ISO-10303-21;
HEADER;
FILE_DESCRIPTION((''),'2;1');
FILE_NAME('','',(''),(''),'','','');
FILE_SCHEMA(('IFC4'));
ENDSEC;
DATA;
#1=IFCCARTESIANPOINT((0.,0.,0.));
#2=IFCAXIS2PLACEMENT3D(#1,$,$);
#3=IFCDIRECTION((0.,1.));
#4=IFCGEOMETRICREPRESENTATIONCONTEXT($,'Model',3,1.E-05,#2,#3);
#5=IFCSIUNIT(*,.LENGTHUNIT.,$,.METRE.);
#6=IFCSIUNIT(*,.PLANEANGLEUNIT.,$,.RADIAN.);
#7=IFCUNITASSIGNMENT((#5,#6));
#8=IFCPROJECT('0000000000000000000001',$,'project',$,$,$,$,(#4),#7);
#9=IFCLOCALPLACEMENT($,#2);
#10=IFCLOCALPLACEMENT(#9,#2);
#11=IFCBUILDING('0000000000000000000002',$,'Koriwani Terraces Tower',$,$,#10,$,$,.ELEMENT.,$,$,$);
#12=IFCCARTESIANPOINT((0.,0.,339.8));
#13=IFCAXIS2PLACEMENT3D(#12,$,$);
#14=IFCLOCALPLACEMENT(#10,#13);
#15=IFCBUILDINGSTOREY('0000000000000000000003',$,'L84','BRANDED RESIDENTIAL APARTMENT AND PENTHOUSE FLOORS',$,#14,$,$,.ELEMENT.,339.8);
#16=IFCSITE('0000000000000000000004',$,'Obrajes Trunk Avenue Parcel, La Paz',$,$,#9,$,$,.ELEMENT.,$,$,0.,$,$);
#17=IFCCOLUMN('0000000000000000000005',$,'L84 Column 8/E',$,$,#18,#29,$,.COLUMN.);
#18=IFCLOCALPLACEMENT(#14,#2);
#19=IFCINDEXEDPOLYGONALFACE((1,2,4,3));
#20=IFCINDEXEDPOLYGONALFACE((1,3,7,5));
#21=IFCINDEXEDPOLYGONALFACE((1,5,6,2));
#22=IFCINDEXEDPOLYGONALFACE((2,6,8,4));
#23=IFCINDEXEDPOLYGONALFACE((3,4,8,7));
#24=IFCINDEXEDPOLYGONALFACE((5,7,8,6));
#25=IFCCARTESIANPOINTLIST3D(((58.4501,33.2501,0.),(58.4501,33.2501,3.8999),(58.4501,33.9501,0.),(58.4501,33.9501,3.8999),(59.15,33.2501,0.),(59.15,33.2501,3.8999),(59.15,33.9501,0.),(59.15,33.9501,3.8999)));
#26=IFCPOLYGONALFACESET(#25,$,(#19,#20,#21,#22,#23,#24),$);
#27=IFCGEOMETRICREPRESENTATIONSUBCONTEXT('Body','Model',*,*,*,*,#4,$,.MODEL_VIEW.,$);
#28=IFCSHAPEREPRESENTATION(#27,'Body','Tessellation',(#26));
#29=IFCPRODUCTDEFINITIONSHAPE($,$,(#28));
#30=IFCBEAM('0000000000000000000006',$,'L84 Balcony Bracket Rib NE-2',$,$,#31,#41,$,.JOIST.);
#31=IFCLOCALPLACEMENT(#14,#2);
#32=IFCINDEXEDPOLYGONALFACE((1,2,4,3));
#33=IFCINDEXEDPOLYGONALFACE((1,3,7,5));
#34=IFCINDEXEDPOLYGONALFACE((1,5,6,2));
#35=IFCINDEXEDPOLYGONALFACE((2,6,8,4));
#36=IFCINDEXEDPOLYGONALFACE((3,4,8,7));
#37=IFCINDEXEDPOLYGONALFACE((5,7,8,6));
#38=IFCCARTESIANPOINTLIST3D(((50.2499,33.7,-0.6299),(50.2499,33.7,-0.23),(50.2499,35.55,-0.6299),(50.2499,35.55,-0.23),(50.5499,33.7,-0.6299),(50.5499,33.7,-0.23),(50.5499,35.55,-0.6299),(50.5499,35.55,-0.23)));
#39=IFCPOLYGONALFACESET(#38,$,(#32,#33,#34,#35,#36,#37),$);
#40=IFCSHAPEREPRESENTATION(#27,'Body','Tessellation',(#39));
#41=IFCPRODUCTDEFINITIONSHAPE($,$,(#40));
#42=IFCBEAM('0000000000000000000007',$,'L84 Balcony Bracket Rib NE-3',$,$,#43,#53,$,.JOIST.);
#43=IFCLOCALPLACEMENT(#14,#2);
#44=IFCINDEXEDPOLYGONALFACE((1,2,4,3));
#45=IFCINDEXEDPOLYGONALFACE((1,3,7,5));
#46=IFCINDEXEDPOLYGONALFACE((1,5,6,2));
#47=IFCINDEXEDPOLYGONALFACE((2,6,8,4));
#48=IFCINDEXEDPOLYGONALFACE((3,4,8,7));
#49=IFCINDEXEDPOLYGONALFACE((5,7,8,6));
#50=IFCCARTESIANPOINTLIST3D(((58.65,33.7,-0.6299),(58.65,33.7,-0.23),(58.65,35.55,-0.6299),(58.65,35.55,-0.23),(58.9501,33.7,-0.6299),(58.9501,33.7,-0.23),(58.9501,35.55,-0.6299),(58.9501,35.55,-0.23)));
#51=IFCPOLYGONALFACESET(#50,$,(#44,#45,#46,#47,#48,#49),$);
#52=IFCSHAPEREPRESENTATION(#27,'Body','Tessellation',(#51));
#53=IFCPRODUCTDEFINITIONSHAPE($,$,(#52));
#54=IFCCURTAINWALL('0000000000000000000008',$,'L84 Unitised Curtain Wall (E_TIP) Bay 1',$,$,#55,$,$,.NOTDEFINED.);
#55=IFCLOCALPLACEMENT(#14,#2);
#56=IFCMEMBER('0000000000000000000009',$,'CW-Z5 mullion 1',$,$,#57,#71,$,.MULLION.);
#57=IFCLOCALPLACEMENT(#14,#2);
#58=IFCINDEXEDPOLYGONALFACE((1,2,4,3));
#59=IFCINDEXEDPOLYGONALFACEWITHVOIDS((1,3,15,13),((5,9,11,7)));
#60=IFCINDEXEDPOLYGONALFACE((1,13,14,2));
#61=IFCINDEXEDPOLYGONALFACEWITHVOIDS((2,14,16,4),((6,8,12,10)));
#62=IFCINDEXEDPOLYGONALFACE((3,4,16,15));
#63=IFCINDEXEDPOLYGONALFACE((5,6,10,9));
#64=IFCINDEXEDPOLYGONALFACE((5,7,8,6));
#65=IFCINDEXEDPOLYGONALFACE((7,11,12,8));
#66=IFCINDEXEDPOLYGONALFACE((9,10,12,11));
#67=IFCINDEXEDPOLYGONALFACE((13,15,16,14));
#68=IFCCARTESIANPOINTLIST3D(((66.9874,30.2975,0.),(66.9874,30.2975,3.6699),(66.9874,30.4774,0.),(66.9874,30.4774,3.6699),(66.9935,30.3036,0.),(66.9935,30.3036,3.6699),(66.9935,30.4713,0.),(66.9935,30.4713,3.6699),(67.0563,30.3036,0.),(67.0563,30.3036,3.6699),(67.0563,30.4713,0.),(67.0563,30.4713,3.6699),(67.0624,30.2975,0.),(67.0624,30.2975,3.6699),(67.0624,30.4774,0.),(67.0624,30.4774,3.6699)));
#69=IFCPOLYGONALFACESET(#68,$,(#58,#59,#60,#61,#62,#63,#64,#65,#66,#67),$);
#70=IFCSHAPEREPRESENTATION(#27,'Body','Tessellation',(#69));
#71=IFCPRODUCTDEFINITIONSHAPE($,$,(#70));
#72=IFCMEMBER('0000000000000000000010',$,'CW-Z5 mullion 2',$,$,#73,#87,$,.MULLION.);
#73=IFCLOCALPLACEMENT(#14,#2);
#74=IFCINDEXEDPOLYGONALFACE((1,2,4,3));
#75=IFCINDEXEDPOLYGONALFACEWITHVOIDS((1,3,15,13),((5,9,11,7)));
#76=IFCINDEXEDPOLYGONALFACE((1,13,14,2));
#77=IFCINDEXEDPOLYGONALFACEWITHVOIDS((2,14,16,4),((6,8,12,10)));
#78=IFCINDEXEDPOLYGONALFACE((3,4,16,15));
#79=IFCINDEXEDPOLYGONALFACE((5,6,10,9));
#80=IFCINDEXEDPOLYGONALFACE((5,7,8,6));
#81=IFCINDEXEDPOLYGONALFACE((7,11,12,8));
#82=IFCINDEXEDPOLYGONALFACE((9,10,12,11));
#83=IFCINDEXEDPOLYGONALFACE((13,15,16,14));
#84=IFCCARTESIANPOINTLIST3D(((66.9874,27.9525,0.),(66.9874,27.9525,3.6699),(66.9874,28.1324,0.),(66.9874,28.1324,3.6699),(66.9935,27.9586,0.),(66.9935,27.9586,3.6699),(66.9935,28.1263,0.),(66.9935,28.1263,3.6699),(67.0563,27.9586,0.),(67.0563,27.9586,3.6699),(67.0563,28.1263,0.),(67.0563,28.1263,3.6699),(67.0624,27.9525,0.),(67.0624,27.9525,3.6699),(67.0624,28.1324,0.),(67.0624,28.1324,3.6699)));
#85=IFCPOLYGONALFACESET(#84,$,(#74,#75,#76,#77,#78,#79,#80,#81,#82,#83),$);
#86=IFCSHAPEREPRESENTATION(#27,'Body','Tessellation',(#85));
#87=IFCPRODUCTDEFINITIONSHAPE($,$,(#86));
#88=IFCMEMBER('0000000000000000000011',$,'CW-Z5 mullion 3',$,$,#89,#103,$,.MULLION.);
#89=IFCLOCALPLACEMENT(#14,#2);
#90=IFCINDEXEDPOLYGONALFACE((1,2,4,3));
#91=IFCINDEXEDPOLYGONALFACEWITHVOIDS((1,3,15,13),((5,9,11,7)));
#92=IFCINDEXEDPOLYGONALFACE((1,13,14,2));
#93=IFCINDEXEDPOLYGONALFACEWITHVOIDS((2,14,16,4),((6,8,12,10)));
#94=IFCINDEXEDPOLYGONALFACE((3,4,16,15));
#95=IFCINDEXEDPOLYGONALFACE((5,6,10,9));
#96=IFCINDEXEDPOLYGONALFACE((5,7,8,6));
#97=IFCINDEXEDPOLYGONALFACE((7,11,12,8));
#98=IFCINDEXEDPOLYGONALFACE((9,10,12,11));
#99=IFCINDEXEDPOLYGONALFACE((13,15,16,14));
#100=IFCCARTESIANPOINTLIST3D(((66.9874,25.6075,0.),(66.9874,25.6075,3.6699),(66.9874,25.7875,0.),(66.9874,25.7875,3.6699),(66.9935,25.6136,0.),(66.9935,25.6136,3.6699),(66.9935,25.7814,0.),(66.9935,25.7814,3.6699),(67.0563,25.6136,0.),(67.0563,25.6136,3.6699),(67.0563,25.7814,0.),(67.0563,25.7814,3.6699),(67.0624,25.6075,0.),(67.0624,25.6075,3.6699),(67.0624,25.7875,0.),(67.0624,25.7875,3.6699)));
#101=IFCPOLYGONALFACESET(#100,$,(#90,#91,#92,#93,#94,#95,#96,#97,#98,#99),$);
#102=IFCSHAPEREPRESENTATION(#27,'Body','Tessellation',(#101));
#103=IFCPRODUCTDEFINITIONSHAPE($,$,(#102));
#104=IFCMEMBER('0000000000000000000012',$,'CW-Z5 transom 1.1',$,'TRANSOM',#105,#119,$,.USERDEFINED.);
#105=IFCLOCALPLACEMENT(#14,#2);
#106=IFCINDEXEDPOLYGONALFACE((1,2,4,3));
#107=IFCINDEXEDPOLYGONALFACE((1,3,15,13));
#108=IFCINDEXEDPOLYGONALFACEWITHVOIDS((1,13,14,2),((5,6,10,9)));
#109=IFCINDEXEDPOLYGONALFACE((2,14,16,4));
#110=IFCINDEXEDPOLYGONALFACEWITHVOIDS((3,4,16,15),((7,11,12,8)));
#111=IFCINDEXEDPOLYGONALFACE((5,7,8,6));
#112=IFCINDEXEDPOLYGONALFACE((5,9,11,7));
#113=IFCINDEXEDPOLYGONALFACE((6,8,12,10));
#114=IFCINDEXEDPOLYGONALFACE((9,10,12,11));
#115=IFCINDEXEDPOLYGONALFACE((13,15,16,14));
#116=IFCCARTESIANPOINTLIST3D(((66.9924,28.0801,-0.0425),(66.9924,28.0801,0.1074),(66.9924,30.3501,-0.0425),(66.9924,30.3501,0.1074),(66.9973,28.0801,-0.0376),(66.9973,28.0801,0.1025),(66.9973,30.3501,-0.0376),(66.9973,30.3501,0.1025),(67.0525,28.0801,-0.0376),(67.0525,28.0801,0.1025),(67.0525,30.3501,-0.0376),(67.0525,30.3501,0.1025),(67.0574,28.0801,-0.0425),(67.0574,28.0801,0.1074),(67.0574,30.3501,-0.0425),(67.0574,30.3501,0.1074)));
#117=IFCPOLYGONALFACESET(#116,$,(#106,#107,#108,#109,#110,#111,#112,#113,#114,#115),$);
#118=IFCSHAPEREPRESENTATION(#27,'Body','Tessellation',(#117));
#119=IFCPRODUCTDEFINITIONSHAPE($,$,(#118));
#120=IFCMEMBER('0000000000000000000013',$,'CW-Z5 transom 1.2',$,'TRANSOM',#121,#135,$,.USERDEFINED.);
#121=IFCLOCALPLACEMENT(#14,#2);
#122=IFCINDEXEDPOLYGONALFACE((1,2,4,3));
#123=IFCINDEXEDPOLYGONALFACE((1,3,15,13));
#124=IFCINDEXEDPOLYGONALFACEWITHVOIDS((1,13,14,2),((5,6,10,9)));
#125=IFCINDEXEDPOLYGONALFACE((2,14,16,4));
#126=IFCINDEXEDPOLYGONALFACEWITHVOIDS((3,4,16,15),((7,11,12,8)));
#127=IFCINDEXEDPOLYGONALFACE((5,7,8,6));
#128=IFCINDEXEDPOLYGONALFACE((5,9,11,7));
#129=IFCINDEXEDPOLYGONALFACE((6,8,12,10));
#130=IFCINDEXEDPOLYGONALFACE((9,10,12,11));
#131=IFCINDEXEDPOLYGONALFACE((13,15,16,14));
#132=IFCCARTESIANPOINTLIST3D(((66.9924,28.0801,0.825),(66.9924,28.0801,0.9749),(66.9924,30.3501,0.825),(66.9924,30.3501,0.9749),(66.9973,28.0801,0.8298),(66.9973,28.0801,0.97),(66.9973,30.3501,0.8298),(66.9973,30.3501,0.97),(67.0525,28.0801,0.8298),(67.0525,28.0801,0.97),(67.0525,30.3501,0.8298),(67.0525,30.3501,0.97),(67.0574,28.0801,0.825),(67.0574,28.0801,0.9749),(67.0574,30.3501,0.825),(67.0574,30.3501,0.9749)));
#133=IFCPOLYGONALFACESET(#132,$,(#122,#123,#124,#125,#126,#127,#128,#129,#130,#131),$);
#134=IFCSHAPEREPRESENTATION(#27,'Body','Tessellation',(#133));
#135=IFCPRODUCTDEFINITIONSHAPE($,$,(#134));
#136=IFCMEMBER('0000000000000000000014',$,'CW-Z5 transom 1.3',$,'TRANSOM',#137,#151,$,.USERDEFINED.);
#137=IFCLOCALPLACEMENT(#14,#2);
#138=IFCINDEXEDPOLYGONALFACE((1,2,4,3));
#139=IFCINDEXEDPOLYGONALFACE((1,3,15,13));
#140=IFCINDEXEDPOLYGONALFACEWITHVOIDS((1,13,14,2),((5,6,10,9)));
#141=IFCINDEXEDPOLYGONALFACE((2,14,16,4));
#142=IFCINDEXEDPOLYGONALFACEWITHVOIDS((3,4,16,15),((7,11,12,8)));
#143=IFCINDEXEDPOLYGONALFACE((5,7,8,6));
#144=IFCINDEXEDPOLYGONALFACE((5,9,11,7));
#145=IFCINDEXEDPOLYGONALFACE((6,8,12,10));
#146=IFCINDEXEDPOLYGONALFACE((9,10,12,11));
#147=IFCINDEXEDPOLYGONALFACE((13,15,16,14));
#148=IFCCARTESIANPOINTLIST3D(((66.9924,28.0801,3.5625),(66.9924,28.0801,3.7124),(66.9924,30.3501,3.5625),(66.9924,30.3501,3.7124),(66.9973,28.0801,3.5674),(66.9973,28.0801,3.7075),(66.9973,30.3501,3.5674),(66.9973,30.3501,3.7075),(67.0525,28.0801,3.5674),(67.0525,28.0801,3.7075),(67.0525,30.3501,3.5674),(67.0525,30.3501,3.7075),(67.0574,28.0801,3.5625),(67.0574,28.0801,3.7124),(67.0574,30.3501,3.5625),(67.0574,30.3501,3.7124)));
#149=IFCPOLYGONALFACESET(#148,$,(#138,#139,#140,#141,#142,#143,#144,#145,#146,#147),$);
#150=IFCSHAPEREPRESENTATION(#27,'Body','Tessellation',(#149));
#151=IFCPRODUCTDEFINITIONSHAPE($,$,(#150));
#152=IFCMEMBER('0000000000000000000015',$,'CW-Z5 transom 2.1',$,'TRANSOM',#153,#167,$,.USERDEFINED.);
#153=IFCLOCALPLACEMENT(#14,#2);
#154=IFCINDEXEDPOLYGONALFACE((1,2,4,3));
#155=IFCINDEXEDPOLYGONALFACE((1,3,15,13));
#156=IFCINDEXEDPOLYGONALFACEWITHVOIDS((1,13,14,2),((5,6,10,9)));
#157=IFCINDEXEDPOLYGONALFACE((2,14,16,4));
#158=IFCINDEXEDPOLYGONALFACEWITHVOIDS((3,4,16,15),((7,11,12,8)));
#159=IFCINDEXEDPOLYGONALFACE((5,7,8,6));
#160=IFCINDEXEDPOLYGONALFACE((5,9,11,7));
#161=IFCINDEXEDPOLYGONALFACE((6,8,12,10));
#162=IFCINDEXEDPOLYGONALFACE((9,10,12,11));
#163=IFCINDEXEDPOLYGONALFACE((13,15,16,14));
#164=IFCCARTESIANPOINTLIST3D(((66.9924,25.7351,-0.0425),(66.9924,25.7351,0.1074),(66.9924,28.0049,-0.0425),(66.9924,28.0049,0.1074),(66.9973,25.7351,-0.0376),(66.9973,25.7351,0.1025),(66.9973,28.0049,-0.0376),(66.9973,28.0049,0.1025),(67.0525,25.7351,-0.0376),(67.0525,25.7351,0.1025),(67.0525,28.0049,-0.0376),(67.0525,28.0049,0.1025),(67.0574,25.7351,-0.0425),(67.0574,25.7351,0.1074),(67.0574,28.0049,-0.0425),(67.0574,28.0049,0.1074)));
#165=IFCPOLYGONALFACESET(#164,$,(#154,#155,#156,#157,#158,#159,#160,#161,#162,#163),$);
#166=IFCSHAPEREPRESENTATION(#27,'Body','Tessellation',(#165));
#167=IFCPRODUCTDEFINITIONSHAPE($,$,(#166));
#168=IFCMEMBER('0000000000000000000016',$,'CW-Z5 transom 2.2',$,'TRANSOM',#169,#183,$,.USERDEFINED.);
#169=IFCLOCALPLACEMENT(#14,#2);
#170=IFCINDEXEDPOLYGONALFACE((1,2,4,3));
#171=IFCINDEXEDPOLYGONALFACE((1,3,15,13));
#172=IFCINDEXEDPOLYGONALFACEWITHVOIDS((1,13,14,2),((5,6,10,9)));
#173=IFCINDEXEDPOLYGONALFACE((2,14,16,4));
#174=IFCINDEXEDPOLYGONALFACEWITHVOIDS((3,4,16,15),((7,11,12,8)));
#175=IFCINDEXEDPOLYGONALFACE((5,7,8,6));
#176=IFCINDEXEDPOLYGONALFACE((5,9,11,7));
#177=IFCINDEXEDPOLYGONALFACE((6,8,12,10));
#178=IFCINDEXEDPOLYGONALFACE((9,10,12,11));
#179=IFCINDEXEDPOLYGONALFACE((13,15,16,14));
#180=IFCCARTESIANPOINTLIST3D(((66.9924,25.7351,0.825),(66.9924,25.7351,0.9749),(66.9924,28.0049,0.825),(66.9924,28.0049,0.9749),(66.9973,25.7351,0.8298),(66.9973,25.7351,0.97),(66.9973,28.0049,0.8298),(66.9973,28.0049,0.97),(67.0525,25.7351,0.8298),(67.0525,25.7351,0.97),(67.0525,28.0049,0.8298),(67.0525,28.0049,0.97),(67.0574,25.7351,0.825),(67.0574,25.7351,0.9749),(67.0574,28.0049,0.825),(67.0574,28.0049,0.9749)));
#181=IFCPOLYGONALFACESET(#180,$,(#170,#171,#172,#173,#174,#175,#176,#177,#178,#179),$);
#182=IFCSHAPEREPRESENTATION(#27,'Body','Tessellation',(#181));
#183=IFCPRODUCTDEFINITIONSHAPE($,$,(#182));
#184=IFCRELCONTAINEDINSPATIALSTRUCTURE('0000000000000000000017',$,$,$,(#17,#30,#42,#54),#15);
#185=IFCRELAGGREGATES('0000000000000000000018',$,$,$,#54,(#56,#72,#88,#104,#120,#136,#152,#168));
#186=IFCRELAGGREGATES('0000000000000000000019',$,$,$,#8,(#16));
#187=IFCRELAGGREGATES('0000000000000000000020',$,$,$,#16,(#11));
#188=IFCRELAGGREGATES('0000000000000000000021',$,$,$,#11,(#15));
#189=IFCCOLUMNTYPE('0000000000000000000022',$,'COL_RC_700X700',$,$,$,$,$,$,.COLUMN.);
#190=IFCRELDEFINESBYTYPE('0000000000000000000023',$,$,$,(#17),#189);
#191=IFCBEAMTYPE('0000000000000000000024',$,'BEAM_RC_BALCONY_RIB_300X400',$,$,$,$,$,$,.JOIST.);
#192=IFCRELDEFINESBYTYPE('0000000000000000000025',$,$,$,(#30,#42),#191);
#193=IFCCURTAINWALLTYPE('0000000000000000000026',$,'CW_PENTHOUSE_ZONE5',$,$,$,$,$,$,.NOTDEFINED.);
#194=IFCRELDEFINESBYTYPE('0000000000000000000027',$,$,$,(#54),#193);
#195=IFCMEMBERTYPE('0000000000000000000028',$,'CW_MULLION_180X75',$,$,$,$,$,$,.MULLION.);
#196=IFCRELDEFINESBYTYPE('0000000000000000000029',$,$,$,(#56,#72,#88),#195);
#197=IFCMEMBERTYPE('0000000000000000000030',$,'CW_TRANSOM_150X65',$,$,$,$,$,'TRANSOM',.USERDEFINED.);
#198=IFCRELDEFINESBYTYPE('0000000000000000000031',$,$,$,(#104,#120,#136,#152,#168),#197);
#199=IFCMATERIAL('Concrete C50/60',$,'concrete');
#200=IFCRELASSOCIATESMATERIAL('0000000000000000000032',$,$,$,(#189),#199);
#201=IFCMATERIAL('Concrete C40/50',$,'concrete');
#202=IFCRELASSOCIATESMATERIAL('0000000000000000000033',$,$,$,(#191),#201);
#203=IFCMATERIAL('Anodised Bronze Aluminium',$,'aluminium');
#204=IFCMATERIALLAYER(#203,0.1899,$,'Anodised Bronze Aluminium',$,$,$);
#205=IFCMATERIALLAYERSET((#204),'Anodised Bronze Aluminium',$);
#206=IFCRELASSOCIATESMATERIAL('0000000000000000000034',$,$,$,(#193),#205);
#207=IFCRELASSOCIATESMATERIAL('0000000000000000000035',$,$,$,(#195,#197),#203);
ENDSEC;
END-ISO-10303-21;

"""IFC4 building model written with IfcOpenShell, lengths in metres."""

from ifc_helpers import new_model, si_unit, direction, frame, origin, origin_2d, place, context, subcontext, project, spatial, rectangle, hollow_rectangle, extrude, material, layer, layer_set, material_profile, profile_set, type_object, element, aggregate, save


model = new_model("IFC4")

# Units and contexts
model_context = context("Model", 3, precision=1e-05, world=origin(), true_north=direction((0.0, 1.0)))
body_context = subcontext(model_context, "Body", "Model", "MODEL_VIEW")
ifc_project = project(units=[si_unit("LENGTHUNIT", "METRE"), si_unit("PLANEANGLEUNIT", "RADIAN")], contexts=[model_context])

# Site, building, storey
site_placement = place(None, origin())
site = spatial("IfcSite", under=ifc_project, at=site_placement, Name="Obrajes Trunk Avenue Parcel, La Paz", CompositionType="ELEMENT", RefElevation=0.0)
building_placement = place(site_placement, origin())
building = spatial("IfcBuilding", under=site, at=building_placement, Name="Koriwani Terraces Tower", CompositionType="ELEMENT")
storey_placement = place(building_placement, frame((0.0, 0.0, 339.8)))
storey = spatial("IfcBuildingStorey", under=building, at=storey_placement, Name="L84", Description="BRANDED RESIDENTIAL APARTMENT AND PENTHOUSE FLOORS", CompositionType="ELEMENT", Elevation=339.8)

# Column
ifc_material_1 = material(Name="Concrete C50/60", Category="concrete")
ifc_material_profile_1 = material_profile(ifc_material_1, rectangle(XDim=0.7, YDim=0.7, at=origin_2d()), Name="Concrete C50/60", Category="LoadBearing")
ifc_profile_set_1 = profile_set([ifc_material_profile_1], Name="Concrete C50/60")
column_type = type_object("IfcColumnType", Name="COL_RC_700X700", PredefinedType="COLUMN", material=ifc_profile_set_1)
column_placement = place(storey_placement, frame((58.8, 33.6001, 0.0), z_axis=(0.0, 0.0, 1.0), x_axis=(1.0, 0.0, 0.0)))
element("IfcColumn", 1, at=column_placement, inside=storey, type_object=column_type, Name="L84 Column 8/E", PredefinedType="COLUMN", context=body_context, shape_type="SweptSolid", body=[
    extrude(rectangle(XDim=0.7, YDim=0.7, at=origin_2d()), origin(), (0.0, 0.0, 1.0), 3.8999),
])

# Beams
ifc_material_2 = material(Name="Concrete C40/50", Category="concrete")
ifc_material_profile_2 = material_profile(ifc_material_2, rectangle(XDim=0.3, YDim=0.3999, at=origin_2d()), Name="Concrete C40/50", Category="LoadBearing")
ifc_profile_set_2 = profile_set([ifc_material_profile_2], Name="Concrete C40/50")
beam_type = type_object("IfcBeamType", Name="BEAM_RC_BALCONY_RIB_300X400", PredefinedType="JOIST", material=ifc_profile_set_2)
for number, where, z_axis, x_axis, name in (
    (2, (50.3999, 33.7, -0.4299), (0.0, 1.0, 0.0), (-1.0, 0.0, 0.0), "L84 Balcony Bracket Rib NE-2"),
    (3, (58.8, 33.7, -0.4299), (0.0, 1.0, 0.0), (-1.0, 0.0, 0.0), "L84 Balcony Bracket Rib NE-3"),
):
    element("IfcBeam", number, at=place(storey_placement, frame(where, z_axis=z_axis, x_axis=x_axis)), inside=storey, type_object=beam_type, Name=name, PredefinedType="JOIST", context=body_context, shape_type="SweptSolid", body=[
        extrude(rectangle(XDim=0.3, YDim=0.3999, at=origin_2d()), origin(), (0.0, 0.0, 1.0), 1.8501),
    ])

# Curtain wall, members
ifc_material_3 = material(Name="Anodised Bronze Aluminium", Category="aluminium")
ifc_layer_1 = layer(ifc_material_3, 0.1899, Name="Anodised Bronze Aluminium")
ifc_layer_set_1 = layer_set([ifc_layer_1], Name="Anodised Bronze Aluminium")
curtain_wall_type = type_object("IfcCurtainWallType", Name="CW_PENTHOUSE_ZONE5", PredefinedType="NOTDEFINED", material=ifc_layer_set_1)
curtain_wall_placement = place(storey_placement, origin())
curtain_wall = element("IfcCurtainWall", 4, at=curtain_wall_placement, inside=storey, type_object=curtain_wall_type, Name="L84 Unitised Curtain Wall (E_TIP) Bay 1", PredefinedType="NOTDEFINED")
ifc_material_profile_3 = material_profile(ifc_material_3, hollow_rectangle(XDim=0.075, YDim=0.1799, WallThickness=0.0061, at=origin_2d()), Name="Anodised Bronze Aluminium", Category="LoadBearing")
ifc_profile_set_3 = profile_set([ifc_material_profile_3], Name="Anodised Bronze Aluminium")
member_type_1 = type_object("IfcMemberType", Name="CW_MULLION_180X75", PredefinedType="MULLION", material=ifc_profile_set_3)
member_1_placement = place(storey_placement, frame((67.0249, 30.3875, 0.0), z_axis=(0.0, 0.0, 1.0), x_axis=(1.0, 0.0, 0.0)))
member_1 = element("IfcMember", 5, at=member_1_placement, type_object=member_type_1, Name="CW-Z5 mullion 1", PredefinedType="MULLION", context=body_context, shape_type="SweptSolid", body=[
    extrude(hollow_rectangle(XDim=0.075, YDim=0.1799, WallThickness=0.0061, at=origin_2d()), origin(), (0.0, 0.0, 1.0), 3.6699),
])
member_2_placement = place(storey_placement, frame((67.0249, 28.0425, 0.0), z_axis=(0.0, 0.0, 1.0), x_axis=(1.0, 0.0, 0.0)))
member_2 = element("IfcMember", 6, at=member_2_placement, type_object=member_type_1, Name="CW-Z5 mullion 2", PredefinedType="MULLION", context=body_context, shape_type="SweptSolid", body=[
    extrude(hollow_rectangle(XDim=0.075, YDim=0.1799, WallThickness=0.0061, at=origin_2d()), origin(), (0.0, 0.0, 1.0), 3.6699),
])
member_3_placement = place(storey_placement, frame((67.0249, 25.6975, 0.0), z_axis=(0.0, 0.0, 1.0), x_axis=(1.0, 0.0, 0.0)))
member_3 = element("IfcMember", 7, at=member_3_placement, type_object=member_type_1, Name="CW-Z5 mullion 3", PredefinedType="MULLION", context=body_context, shape_type="SweptSolid", body=[
    extrude(hollow_rectangle(XDim=0.075, YDim=0.1799, WallThickness=0.0061, at=origin_2d()), origin(), (0.0, 0.0, 1.0), 3.6699),
])
ifc_material_profile_4 = material_profile(ifc_material_3, hollow_rectangle(XDim=0.0649, YDim=0.1499, WallThickness=0.0049, at=origin_2d()), Name="Anodised Bronze Aluminium", Category="LoadBearing")
ifc_profile_set_4 = profile_set([ifc_material_profile_4], Name="Anodised Bronze Aluminium")
member_type_2 = type_object("IfcMemberType", Name="CW_TRANSOM_150X65", ElementType="TRANSOM", PredefinedType="USERDEFINED", material=ifc_profile_set_4)
member_4_placement = place(storey_placement, frame((67.0249, 30.3501, 0.0325), z_axis=(0.0, -1.0, 0.0), x_axis=(1.0, 0.0, 0.0)))
member_4 = element("IfcMember", 8, at=member_4_placement, type_object=member_type_2, Name="CW-Z5 transom 1.1", ObjectType="TRANSOM", PredefinedType="USERDEFINED", context=body_context, shape_type="SweptSolid", body=[
    extrude(hollow_rectangle(XDim=0.0649, YDim=0.1499, WallThickness=0.0049, at=origin_2d()), origin(), (0.0, 0.0, 1.0), 2.27),
])
member_5_placement = place(storey_placement, frame((67.0249, 30.3501, 0.8999), z_axis=(0.0, -1.0, 0.0), x_axis=(1.0, 0.0, 0.0)))
member_5 = element("IfcMember", 9, at=member_5_placement, type_object=member_type_2, Name="CW-Z5 transom 1.2", ObjectType="TRANSOM", PredefinedType="USERDEFINED", context=body_context, shape_type="SweptSolid", body=[
    extrude(hollow_rectangle(XDim=0.0649, YDim=0.1499, WallThickness=0.0049, at=origin_2d()), origin(), (0.0, 0.0, 1.0), 2.27),
])
member_6_placement = place(storey_placement, frame((67.0249, 30.3501, 3.6375), z_axis=(0.0, -1.0, 0.0), x_axis=(1.0, 0.0, 0.0)))
member_6 = element("IfcMember", 10, at=member_6_placement, type_object=member_type_2, Name="CW-Z5 transom 1.3", ObjectType="TRANSOM", PredefinedType="USERDEFINED", context=body_context, shape_type="SweptSolid", body=[
    extrude(hollow_rectangle(XDim=0.0649, YDim=0.1499, WallThickness=0.0049, at=origin_2d()), origin(), (0.0, 0.0, 1.0), 2.27),
])
member_7_placement = place(storey_placement, frame((67.0249, 28.0049, 0.0325), z_axis=(0.0, -1.0, 0.0), x_axis=(1.0, 0.0, 0.0)))
member_7 = element("IfcMember", 11, at=member_7_placement, type_object=member_type_2, Name="CW-Z5 transom 2.1", ObjectType="TRANSOM", PredefinedType="USERDEFINED", context=body_context, shape_type="SweptSolid", body=[
    extrude(hollow_rectangle(XDim=0.0649, YDim=0.1499, WallThickness=0.0049, at=origin_2d()), origin(), (0.0, 0.0, 1.0), 2.2698),
])
member_8_placement = place(storey_placement, frame((67.0249, 28.0049, 0.8999), z_axis=(0.0, -1.0, 0.0), x_axis=(1.0, 0.0, 0.0)))
member_8 = element("IfcMember", 12, at=member_8_placement, type_object=member_type_2, Name="CW-Z5 transom 2.2", ObjectType="TRANSOM", PredefinedType="USERDEFINED", context=body_context, shape_type="SweptSolid", body=[
    extrude(hollow_rectangle(XDim=0.0649, YDim=0.1499, WallThickness=0.0049, at=origin_2d()), origin(), (0.0, 0.0, 1.0), 2.2698),
])
aggregate(curtain_wall, [member_1, member_2, member_3, member_4, member_5, member_6, member_7, member_8])

save(model, "model.ifc")
